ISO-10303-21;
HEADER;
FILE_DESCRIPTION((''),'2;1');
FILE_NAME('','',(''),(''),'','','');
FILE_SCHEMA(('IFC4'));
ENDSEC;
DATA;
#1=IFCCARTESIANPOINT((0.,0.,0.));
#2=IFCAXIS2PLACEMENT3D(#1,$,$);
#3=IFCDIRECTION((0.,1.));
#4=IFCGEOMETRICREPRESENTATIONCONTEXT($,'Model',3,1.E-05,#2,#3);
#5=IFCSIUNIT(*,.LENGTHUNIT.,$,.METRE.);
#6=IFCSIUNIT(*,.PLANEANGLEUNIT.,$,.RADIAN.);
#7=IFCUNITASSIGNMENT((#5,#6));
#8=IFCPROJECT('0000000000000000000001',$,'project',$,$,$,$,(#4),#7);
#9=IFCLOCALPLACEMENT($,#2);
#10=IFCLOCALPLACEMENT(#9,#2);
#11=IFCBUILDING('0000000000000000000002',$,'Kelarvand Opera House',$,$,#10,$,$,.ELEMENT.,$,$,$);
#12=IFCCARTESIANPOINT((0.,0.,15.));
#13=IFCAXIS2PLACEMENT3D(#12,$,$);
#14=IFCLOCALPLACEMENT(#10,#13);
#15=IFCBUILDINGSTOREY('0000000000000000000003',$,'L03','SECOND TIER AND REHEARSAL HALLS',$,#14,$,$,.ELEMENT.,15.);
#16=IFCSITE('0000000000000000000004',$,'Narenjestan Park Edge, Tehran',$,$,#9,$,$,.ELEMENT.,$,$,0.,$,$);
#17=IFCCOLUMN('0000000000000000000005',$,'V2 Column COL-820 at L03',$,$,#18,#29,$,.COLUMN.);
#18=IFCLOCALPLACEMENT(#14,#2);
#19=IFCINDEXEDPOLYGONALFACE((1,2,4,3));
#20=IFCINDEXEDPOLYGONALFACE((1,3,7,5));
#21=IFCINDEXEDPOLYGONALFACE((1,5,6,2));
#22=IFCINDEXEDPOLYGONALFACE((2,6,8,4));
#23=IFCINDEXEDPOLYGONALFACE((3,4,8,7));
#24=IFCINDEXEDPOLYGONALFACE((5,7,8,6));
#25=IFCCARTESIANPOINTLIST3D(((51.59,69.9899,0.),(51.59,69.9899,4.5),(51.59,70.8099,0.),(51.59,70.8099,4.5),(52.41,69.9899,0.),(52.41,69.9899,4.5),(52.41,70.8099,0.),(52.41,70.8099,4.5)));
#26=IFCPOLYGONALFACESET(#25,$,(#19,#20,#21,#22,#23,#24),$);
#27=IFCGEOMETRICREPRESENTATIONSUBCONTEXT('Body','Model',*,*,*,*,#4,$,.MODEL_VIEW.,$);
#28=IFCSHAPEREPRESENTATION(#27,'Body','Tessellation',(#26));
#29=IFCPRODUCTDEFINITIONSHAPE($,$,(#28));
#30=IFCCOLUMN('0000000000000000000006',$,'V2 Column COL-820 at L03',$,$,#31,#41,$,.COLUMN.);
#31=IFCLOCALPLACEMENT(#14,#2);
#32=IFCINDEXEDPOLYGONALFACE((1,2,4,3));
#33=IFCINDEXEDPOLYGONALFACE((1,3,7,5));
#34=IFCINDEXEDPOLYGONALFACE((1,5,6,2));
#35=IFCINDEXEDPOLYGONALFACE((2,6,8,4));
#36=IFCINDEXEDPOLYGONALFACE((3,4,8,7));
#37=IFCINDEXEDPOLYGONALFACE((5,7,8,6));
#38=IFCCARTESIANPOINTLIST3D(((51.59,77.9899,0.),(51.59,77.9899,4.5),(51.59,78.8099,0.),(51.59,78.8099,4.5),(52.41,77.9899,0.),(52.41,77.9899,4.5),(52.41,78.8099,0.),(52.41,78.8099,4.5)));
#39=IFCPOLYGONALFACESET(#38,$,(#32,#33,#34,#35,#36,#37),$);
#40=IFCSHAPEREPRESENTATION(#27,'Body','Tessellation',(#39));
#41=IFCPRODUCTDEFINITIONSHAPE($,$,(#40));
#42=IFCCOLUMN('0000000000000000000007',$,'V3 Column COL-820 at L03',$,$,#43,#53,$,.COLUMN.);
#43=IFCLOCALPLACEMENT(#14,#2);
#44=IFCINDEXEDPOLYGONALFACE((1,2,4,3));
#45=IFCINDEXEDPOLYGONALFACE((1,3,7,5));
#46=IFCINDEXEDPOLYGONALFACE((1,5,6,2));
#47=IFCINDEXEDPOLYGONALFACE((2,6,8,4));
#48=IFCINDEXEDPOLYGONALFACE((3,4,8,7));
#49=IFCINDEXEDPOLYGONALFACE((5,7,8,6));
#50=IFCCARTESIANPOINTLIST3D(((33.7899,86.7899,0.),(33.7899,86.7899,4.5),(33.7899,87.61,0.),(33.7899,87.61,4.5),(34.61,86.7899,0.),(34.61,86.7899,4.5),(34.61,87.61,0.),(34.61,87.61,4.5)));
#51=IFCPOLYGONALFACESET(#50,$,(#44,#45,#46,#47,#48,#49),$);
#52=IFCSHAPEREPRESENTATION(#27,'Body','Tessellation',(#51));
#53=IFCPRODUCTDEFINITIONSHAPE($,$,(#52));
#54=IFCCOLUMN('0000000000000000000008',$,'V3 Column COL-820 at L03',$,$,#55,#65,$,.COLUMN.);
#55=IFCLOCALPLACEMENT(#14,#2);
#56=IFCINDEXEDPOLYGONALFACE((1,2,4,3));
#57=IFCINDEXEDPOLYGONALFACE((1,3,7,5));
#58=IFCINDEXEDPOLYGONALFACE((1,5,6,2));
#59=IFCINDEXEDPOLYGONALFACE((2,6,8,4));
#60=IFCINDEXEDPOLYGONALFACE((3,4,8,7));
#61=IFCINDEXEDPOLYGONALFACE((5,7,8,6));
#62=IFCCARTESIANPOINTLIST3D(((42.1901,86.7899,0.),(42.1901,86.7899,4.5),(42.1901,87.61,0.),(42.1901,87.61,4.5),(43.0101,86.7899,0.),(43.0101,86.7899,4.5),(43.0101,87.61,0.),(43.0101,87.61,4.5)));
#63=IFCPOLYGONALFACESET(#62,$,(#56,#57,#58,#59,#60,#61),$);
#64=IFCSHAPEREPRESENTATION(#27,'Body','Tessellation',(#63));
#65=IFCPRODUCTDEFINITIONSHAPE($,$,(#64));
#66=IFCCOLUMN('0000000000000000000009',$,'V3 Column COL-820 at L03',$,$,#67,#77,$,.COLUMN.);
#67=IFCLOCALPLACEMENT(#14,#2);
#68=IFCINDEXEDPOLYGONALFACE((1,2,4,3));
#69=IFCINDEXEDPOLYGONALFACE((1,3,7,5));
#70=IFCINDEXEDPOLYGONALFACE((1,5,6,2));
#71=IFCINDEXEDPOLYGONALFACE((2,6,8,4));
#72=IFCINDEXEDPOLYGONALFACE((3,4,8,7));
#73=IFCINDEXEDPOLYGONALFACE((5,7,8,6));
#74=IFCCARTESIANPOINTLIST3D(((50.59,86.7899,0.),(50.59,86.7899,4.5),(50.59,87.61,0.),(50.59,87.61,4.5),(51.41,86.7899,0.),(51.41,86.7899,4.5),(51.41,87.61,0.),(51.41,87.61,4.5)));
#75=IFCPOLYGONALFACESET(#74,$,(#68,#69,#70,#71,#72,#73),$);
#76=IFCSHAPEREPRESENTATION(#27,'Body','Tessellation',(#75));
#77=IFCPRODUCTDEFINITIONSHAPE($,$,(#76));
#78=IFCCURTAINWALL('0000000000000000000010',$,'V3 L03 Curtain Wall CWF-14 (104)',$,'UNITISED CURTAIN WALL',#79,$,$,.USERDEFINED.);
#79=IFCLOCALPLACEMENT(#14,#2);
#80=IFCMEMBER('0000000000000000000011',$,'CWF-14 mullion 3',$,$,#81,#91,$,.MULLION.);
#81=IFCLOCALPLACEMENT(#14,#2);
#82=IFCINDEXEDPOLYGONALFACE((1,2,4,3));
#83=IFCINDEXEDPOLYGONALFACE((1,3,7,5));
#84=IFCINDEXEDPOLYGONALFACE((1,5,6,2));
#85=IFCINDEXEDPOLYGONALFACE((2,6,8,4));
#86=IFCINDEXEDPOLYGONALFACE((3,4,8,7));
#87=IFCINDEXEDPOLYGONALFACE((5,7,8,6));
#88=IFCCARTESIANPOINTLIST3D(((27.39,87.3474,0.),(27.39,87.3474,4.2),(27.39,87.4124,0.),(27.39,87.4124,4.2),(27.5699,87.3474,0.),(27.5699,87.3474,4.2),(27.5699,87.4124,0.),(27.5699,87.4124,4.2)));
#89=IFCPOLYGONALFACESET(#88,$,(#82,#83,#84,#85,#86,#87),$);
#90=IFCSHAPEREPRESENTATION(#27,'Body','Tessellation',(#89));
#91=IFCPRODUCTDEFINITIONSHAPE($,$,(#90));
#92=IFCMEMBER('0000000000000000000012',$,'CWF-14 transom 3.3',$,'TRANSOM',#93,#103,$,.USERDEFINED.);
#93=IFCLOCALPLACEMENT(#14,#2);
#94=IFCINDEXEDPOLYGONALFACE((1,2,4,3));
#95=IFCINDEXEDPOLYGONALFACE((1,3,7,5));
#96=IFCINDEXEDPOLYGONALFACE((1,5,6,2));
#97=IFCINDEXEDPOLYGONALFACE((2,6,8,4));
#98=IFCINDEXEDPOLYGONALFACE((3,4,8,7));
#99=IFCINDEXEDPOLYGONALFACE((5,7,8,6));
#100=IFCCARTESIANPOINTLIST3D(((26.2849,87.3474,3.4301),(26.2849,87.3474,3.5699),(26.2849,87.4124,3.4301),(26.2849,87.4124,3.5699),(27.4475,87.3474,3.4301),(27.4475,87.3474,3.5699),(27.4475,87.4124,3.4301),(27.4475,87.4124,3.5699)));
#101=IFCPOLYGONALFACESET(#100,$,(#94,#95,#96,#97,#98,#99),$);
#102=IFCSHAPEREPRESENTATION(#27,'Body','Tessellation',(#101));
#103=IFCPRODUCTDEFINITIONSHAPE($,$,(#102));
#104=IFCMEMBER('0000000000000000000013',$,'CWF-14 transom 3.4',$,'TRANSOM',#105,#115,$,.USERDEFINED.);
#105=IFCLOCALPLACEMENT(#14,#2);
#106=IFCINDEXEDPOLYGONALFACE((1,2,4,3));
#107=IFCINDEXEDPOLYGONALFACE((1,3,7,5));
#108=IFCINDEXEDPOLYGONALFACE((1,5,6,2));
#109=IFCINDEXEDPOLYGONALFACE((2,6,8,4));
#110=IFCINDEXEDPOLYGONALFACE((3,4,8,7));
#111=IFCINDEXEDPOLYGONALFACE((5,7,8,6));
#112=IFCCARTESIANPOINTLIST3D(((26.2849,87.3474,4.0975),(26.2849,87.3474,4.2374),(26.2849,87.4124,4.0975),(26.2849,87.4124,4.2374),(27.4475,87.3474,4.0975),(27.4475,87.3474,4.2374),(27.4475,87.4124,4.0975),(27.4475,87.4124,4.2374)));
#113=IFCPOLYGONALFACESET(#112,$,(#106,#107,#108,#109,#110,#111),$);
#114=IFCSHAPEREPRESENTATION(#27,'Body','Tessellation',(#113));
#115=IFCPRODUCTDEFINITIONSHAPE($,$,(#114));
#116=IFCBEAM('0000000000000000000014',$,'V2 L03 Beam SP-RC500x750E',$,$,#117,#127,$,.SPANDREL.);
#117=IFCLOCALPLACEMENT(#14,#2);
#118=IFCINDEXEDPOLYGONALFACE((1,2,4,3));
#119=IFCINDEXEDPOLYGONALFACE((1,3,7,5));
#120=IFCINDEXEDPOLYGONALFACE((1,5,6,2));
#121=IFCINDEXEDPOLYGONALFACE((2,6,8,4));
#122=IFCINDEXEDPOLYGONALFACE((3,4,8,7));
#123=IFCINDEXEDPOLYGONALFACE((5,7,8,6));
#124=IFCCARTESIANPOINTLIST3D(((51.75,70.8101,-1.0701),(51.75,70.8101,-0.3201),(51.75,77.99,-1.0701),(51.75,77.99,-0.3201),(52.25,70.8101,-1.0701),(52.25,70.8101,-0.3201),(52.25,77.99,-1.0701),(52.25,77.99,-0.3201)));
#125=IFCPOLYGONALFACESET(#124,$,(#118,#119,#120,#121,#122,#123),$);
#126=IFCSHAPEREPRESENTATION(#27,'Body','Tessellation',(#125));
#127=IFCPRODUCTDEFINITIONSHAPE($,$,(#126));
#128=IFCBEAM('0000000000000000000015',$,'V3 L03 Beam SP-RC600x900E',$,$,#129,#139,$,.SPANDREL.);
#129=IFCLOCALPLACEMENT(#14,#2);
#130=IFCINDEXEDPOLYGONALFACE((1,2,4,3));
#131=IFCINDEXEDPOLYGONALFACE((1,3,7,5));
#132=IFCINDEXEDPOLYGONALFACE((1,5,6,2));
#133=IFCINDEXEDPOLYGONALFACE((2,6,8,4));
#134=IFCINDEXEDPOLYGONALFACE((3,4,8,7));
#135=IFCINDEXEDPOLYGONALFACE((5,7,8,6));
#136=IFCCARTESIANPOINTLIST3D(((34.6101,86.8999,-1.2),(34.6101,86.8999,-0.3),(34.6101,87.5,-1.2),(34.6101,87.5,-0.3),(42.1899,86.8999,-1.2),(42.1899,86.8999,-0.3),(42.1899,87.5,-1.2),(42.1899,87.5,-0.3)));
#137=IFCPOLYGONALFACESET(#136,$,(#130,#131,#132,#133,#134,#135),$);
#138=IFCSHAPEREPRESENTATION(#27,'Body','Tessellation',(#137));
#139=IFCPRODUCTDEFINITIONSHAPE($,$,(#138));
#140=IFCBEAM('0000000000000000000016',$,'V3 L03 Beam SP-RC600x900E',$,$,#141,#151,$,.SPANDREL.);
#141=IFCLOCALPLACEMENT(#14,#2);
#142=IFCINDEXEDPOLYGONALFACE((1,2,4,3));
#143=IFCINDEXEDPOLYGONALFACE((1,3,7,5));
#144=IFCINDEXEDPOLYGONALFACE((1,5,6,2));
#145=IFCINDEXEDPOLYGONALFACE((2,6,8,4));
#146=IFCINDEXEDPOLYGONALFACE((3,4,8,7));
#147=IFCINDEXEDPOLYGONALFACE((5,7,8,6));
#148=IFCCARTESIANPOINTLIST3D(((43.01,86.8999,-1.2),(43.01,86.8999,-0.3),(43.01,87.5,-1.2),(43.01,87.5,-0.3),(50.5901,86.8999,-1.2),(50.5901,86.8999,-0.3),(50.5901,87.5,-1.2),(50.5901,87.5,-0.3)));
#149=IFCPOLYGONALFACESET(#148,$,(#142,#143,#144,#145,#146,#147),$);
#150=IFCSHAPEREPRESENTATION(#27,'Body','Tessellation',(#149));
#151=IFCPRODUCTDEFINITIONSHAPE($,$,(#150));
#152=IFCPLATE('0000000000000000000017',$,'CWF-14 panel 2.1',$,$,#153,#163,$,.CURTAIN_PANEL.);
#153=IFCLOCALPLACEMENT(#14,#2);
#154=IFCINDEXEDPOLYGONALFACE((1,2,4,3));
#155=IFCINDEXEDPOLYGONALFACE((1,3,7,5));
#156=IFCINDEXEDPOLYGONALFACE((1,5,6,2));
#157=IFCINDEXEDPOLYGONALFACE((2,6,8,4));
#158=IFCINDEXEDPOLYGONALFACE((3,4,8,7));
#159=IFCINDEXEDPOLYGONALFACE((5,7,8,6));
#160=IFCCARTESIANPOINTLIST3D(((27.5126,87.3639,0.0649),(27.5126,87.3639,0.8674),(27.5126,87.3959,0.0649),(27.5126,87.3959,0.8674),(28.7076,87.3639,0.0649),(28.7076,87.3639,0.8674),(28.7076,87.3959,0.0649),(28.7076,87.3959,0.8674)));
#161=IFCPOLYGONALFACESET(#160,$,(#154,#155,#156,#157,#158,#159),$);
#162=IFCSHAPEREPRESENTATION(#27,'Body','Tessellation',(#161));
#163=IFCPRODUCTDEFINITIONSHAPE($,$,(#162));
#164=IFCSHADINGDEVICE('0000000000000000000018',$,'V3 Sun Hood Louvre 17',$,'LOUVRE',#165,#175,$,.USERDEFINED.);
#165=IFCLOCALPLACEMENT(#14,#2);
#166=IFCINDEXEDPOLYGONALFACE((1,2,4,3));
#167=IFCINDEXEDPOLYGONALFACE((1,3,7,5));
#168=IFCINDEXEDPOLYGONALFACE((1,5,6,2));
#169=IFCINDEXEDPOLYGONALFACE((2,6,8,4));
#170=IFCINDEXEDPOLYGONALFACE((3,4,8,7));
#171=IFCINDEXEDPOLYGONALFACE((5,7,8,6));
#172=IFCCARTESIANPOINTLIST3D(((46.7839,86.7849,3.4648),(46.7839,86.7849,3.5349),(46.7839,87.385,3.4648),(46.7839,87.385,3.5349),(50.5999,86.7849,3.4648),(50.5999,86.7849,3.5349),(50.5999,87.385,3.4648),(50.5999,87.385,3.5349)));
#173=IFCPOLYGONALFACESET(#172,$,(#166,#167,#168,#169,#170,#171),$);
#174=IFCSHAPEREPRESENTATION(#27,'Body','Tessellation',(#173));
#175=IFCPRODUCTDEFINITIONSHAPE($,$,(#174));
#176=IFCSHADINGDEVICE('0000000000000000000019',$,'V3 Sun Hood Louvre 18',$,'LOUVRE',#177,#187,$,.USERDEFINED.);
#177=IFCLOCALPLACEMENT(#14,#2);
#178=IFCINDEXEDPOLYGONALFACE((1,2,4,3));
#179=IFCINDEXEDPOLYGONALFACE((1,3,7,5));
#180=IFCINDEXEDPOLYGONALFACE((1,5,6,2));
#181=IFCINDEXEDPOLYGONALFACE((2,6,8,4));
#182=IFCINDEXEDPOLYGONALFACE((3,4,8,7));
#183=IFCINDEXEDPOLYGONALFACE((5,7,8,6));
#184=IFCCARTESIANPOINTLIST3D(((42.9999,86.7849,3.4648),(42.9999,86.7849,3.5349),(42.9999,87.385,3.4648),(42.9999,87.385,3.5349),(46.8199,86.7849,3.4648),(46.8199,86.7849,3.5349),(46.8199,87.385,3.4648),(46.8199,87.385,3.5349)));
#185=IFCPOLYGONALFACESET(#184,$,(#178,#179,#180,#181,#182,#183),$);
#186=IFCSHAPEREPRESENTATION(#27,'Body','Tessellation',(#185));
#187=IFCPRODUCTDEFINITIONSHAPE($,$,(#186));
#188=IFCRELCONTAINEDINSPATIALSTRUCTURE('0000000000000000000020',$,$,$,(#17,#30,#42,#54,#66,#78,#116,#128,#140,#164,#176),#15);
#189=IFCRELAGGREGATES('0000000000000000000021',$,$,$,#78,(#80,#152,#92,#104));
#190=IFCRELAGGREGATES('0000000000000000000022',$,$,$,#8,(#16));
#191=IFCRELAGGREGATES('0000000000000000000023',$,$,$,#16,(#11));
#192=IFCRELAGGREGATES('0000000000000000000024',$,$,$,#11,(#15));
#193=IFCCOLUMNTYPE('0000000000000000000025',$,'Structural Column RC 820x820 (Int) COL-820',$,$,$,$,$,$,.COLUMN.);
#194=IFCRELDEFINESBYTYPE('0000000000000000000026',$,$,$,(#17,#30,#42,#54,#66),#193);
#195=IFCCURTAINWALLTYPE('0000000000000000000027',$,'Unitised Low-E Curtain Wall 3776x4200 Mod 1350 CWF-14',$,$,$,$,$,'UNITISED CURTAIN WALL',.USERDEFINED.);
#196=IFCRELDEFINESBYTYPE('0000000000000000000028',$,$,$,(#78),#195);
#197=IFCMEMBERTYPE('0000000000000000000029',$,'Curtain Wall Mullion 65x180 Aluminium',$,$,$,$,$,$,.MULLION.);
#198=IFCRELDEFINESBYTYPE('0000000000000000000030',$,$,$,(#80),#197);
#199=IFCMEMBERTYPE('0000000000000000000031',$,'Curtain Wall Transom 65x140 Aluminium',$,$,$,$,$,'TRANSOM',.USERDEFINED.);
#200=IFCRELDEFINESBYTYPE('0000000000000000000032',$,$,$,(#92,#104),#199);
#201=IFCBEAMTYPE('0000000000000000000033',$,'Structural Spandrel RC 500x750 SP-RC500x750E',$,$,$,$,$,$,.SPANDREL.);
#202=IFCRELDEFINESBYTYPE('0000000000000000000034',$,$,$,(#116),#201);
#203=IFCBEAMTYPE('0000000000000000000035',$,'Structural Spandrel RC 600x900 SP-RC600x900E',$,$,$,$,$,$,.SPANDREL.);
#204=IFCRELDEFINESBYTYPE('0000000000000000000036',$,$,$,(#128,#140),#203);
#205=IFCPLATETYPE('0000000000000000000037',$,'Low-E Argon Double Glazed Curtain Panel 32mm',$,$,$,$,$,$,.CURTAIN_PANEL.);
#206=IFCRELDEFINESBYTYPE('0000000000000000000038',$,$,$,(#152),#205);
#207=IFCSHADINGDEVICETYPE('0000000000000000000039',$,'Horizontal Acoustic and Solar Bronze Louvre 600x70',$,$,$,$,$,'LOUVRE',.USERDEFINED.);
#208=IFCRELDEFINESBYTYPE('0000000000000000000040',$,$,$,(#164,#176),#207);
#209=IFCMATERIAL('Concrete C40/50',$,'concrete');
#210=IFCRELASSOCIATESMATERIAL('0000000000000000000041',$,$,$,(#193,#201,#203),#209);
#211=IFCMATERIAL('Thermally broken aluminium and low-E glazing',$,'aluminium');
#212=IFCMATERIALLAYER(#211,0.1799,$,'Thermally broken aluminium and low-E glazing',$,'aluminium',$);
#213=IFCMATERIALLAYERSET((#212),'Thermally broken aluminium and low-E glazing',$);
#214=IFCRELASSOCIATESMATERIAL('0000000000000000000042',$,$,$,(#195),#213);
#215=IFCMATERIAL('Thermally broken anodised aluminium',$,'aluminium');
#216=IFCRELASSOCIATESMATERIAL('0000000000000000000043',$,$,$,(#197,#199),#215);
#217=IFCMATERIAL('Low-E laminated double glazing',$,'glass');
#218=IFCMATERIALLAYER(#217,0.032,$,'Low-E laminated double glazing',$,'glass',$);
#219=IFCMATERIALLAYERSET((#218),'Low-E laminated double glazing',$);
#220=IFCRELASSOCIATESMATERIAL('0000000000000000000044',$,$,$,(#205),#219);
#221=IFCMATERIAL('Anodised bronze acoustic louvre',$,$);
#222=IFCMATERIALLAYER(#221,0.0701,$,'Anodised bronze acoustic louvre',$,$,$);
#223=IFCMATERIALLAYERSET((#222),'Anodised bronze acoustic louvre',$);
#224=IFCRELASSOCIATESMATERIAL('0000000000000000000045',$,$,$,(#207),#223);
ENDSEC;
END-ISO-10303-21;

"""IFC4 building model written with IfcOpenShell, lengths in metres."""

from ifc_helpers import new_model, si_unit, direction, frame, origin, origin_2d, place, context, subcontext, project, spatial, rectangle, extrude, material, layer, layer_set, material_profile, profile_set, type_object, element, aggregate, save


model = new_model("IFC4")

# Units and contexts
model_context = context("Model", 3, precision=1e-05, world=origin(), true_north=direction((0.0, 1.0)))
body_context = subcontext(model_context, "Body", "Model", "MODEL_VIEW")
ifc_project = project(units=[si_unit("LENGTHUNIT", "METRE"), si_unit("PLANEANGLEUNIT", "RADIAN")], contexts=[model_context])

# Site, building, storey
site_placement = place(None, origin())
site = spatial("IfcSite", under=ifc_project, at=site_placement, Name="Narenjestan Park Edge, Tehran", CompositionType="ELEMENT", RefElevation=0.0)
building_placement = place(site_placement, origin())
building = spatial("IfcBuilding", under=site, at=building_placement, Name="Kelarvand Opera House", CompositionType="ELEMENT")
storey_placement = place(building_placement, frame((0.0, 0.0, 15.0)))
storey = spatial("IfcBuildingStorey", under=building, at=storey_placement, Name="L03", Description="SECOND TIER AND REHEARSAL HALLS", CompositionType="ELEMENT", Elevation=15.0)

# Columns
ifc_material_1 = material(Name="Concrete C40/50", Category="concrete")
ifc_material_profile_1 = material_profile(ifc_material_1, rectangle(XDim=0.8201, YDim=0.8201, at=origin_2d()), Name="RC 820x820", Category="concrete")
ifc_profile_set_1 = profile_set([ifc_material_profile_1], Name="Concrete C40/50")
column_type = type_object("IfcColumnType", Name="Structural Column RC 820x820 (Int) COL-820", PredefinedType="COLUMN", material=ifc_profile_set_1)
for number, where, z_axis, x_axis, name in (
    (1, (52.0, 70.3999, 0.0), (0.0, 0.0, 1.0), (1.0, 0.0, 0.0), "V2 Column COL-820 at L03"),
    (2, (52.0, 78.3999, 0.0), (0.0, 0.0, 1.0), (1.0, 0.0, 0.0), "V2 Column COL-820 at L03"),
    (3, (34.2, 87.2, 0.0), (0.0, 0.0, 1.0), (1.0, 0.0, 0.0), "V3 Column COL-820 at L03"),
    (4, (42.6001, 87.2, 0.0), (0.0, 0.0, 1.0), (1.0, 0.0, 0.0), "V3 Column COL-820 at L03"),
    (5, (51.0, 87.2, 0.0), (0.0, 0.0, 1.0), (1.0, 0.0, 0.0), "V3 Column COL-820 at L03"),
):
    element("IfcColumn", number, at=place(storey_placement, frame(where, z_axis=z_axis, x_axis=x_axis)), inside=storey, type_object=column_type, Name=name, PredefinedType="COLUMN", context=body_context, shape_type="SweptSolid", body=[
        extrude(rectangle(XDim=0.8201, YDim=0.8201, at=origin_2d()), origin(), (0.0, 0.0, 1.0), 4.5),
    ])

# Curtain wall, members
ifc_material_2 = material(Name="Thermally broken aluminium and low-E glazing", Category="aluminium")
ifc_layer_1 = layer(ifc_material_2, 0.1799, Name="Thermally broken aluminium and low-E glazing", Category="aluminium")
ifc_layer_set_1 = layer_set([ifc_layer_1], Name="Thermally broken aluminium and low-E glazing")
curtain_wall_type = type_object("IfcCurtainWallType", Name="Unitised Low-E Curtain Wall 3776x4200 Mod 1350 CWF-14", ElementType="UNITISED CURTAIN WALL", PredefinedType="USERDEFINED", material=ifc_layer_set_1)
curtain_wall_placement = place(storey_placement, origin())
curtain_wall = element("IfcCurtainWall", 6, at=curtain_wall_placement, inside=storey, type_object=curtain_wall_type, Name="V3 L03 Curtain Wall CWF-14 (104)", ObjectType="UNITISED CURTAIN WALL", PredefinedType="USERDEFINED")
ifc_material_3 = material(Name="Thermally broken anodised aluminium", Category="aluminium")
ifc_material_profile_2 = material_profile(ifc_material_3, rectangle(XDim=0.0649, YDim=0.1799, at=origin_2d()), Name="ALU MULLION 65x180", Category="aluminium")
ifc_profile_set_2 = profile_set([ifc_material_profile_2], Name="Thermally broken anodised aluminium")
member_type_1 = type_object("IfcMemberType", Name="Curtain Wall Mullion 65x180 Aluminium", PredefinedType="MULLION", material=ifc_profile_set_2)
member_1_placement = place(storey_placement, frame((27.48, 87.3799, 0.0), z_axis=(0.0, 0.0, 1.0), x_axis=(0.0, -1.0, 0.0)))
member_1 = element("IfcMember", 7, at=member_1_placement, type_object=member_type_1, Name="CWF-14 mullion 3", PredefinedType="MULLION", context=body_context, shape_type="SweptSolid", body=[
    extrude(rectangle(XDim=0.0649, YDim=0.1799, at=origin_2d()), origin(), (0.0, 0.0, 1.0), 4.2),
])
ifc_material_profile_3 = material_profile(ifc_material_3, rectangle(XDim=0.0649, YDim=0.1399, at=origin_2d()), Name="ALU TRANSOM 65x140", Category="aluminium")
ifc_profile_set_3 = profile_set([ifc_material_profile_3], Name="Thermally broken anodised aluminium")
member_type_2 = type_object("IfcMemberType", Name="Curtain Wall Transom 65x140 Aluminium", ElementType="TRANSOM", PredefinedType="USERDEFINED", material=ifc_profile_set_3)
member_2_placement = place(storey_placement, frame((27.4475, 87.3799, 3.5), z_axis=(-1.0, 0.0, 0.0), x_axis=(0.0, -1.0, 0.0)))
member_2 = element("IfcMember", 8, at=member_2_placement, type_object=member_type_2, Name="CWF-14 transom 3.3", ObjectType="TRANSOM", PredefinedType="USERDEFINED", context=body_context, shape_type="SweptSolid", body=[
    extrude(rectangle(XDim=0.0649, YDim=0.1399, at=origin_2d()), origin(), (0.0, 0.0, 1.0), 1.1626),
])
member_3_placement = place(storey_placement, frame((27.4475, 87.3799, 4.1675), z_axis=(-1.0, 0.0, 0.0), x_axis=(0.0, -1.0, 0.0)))
member_3 = element("IfcMember", 9, at=member_3_placement, type_object=member_type_2, Name="CWF-14 transom 3.4", ObjectType="TRANSOM", PredefinedType="USERDEFINED", context=body_context, shape_type="SweptSolid", body=[
    extrude(rectangle(XDim=0.0649, YDim=0.1399, at=origin_2d()), origin(), (0.0, 0.0, 1.0), 1.1626),
])

# Beams
ifc_material_profile_4 = material_profile(ifc_material_1, rectangle(XDim=0.5, YDim=0.75, at=origin_2d()), Name="RC 500x750", Category="concrete")
ifc_profile_set_4 = profile_set([ifc_material_profile_4], Name="Concrete C40/50")
beam_type_1 = type_object("IfcBeamType", Name="Structural Spandrel RC 500x750 SP-RC500x750E", PredefinedType="SPANDREL", material=ifc_profile_set_4)
beam_1_placement = place(storey_placement, frame((52.0, 70.8101, -0.6951), z_axis=(0.0, 1.0, 0.0), x_axis=(-1.0, 0.0, 0.0)))
element("IfcBeam", 10, at=beam_1_placement, inside=storey, type_object=beam_type_1, Name="V2 L03 Beam SP-RC500x750E", PredefinedType="SPANDREL", context=body_context, shape_type="SweptSolid", body=[
    extrude(rectangle(XDim=0.5, YDim=0.75, at=origin_2d()), origin(), (0.0, 0.0, 1.0), 7.1799),
])
ifc_material_profile_5 = material_profile(ifc_material_1, rectangle(XDim=0.6001, YDim=0.8999, at=origin_2d()), Name="RC 600x900", Category="concrete")
ifc_profile_set_5 = profile_set([ifc_material_profile_5], Name="Concrete C40/50")
beam_type_2 = type_object("IfcBeamType", Name="Structural Spandrel RC 600x900 SP-RC600x900E", PredefinedType="SPANDREL", material=ifc_profile_set_5)
beam_2_placement = place(storey_placement, frame((34.6101, 87.2, -0.75), z_axis=(1.0, 0.0, 0.0), x_axis=(0.0, 1.0, 0.0)))
element("IfcBeam", 11, at=beam_2_placement, inside=storey, type_object=beam_type_2, Name="V3 L03 Beam SP-RC600x900E", PredefinedType="SPANDREL", context=body_context, shape_type="SweptSolid", body=[
    extrude(rectangle(XDim=0.6001, YDim=0.8999, at=origin_2d()), origin(), (0.0, 0.0, 1.0), 7.5798),
])
beam_3_placement = place(storey_placement, frame((43.01, 87.2, -0.75), z_axis=(1.0, 0.0, 0.0), x_axis=(0.0, 1.0, 0.0)))
element("IfcBeam", 12, at=beam_3_placement, inside=storey, type_object=beam_type_2, Name="V3 L03 Beam SP-RC600x900E", PredefinedType="SPANDREL", context=body_context, shape_type="SweptSolid", body=[
    extrude(rectangle(XDim=0.6001, YDim=0.8999, at=origin_2d()), origin(), (0.0, 0.0, 1.0), 7.5801),
])

# Plate
ifc_material_4 = material(Name="Low-E laminated double glazing", Category="glass")
ifc_layer_2 = layer(ifc_material_4, 0.032, Name="Low-E laminated double glazing", Category="glass")
ifc_layer_set_2 = layer_set([ifc_layer_2], Name="Low-E laminated double glazing")
plate_type = type_object("IfcPlateType", Name="Low-E Argon Double Glazed Curtain Panel 32mm", PredefinedType="CURTAIN_PANEL", material=ifc_layer_set_2)
plate_placement = place(storey_placement, frame((28.1101, 87.3799, 0.0649), z_axis=(0.0, 0.0, 1.0), x_axis=(-1.0, 0.0, 0.0)))
plate = element("IfcPlate", 13, at=plate_placement, type_object=plate_type, Name="CWF-14 panel 2.1", PredefinedType="CURTAIN_PANEL", context=body_context, shape_type="SweptSolid", body=[
    extrude(rectangle(XDim=1.1951, YDim=0.032, at=origin_2d()), origin(), (0.0, 0.0, 1.0), 0.8025),
])
aggregate(curtain_wall, [member_1, plate, member_2, member_3])

# Shading devices
ifc_material_5 = material(Name="Anodised bronze acoustic louvre")
ifc_layer_3 = layer(ifc_material_5, 0.0701, Name="Anodised bronze acoustic louvre")
ifc_layer_set_3 = layer_set([ifc_layer_3], Name="Anodised bronze acoustic louvre")
shading_device_type = type_object("IfcShadingDeviceType", Name="Horizontal Acoustic and Solar Bronze Louvre 600x70", ElementType="LOUVRE", PredefinedType="USERDEFINED", material=ifc_layer_set_3)
shading_device_1_placement = place(storey_placement, frame((48.6919, 87.085, 3.4648), z_axis=(0.0, 0.0, 1.0), x_axis=(-1.0, 0.0, 0.0)))
element("IfcShadingDevice", 14, at=shading_device_1_placement, inside=storey, type_object=shading_device_type, Name="V3 Sun Hood Louvre 17", ObjectType="LOUVRE", PredefinedType="USERDEFINED", context=body_context, shape_type="SweptSolid", body=[
    extrude(rectangle(XDim=3.8159, YDim=0.6001, at=origin_2d()), origin(), (0.0, 0.0, 1.0), 0.0701),
])
shading_device_2_placement = place(storey_placement, frame((44.9099, 87.085, 3.4648), z_axis=(0.0, 0.0, 1.0), x_axis=(-1.0, 0.0, 0.0)))
element("IfcShadingDevice", 15, at=shading_device_2_placement, inside=storey, type_object=shading_device_type, Name="V3 Sun Hood Louvre 18", ObjectType="LOUVRE", PredefinedType="USERDEFINED", context=body_context, shape_type="SweptSolid", body=[
    extrude(rectangle(XDim=3.8201, YDim=0.6001, at=origin_2d()), origin(), (0.0, 0.0, 1.0), 0.0701),
])

save(model, "model.ifc")
